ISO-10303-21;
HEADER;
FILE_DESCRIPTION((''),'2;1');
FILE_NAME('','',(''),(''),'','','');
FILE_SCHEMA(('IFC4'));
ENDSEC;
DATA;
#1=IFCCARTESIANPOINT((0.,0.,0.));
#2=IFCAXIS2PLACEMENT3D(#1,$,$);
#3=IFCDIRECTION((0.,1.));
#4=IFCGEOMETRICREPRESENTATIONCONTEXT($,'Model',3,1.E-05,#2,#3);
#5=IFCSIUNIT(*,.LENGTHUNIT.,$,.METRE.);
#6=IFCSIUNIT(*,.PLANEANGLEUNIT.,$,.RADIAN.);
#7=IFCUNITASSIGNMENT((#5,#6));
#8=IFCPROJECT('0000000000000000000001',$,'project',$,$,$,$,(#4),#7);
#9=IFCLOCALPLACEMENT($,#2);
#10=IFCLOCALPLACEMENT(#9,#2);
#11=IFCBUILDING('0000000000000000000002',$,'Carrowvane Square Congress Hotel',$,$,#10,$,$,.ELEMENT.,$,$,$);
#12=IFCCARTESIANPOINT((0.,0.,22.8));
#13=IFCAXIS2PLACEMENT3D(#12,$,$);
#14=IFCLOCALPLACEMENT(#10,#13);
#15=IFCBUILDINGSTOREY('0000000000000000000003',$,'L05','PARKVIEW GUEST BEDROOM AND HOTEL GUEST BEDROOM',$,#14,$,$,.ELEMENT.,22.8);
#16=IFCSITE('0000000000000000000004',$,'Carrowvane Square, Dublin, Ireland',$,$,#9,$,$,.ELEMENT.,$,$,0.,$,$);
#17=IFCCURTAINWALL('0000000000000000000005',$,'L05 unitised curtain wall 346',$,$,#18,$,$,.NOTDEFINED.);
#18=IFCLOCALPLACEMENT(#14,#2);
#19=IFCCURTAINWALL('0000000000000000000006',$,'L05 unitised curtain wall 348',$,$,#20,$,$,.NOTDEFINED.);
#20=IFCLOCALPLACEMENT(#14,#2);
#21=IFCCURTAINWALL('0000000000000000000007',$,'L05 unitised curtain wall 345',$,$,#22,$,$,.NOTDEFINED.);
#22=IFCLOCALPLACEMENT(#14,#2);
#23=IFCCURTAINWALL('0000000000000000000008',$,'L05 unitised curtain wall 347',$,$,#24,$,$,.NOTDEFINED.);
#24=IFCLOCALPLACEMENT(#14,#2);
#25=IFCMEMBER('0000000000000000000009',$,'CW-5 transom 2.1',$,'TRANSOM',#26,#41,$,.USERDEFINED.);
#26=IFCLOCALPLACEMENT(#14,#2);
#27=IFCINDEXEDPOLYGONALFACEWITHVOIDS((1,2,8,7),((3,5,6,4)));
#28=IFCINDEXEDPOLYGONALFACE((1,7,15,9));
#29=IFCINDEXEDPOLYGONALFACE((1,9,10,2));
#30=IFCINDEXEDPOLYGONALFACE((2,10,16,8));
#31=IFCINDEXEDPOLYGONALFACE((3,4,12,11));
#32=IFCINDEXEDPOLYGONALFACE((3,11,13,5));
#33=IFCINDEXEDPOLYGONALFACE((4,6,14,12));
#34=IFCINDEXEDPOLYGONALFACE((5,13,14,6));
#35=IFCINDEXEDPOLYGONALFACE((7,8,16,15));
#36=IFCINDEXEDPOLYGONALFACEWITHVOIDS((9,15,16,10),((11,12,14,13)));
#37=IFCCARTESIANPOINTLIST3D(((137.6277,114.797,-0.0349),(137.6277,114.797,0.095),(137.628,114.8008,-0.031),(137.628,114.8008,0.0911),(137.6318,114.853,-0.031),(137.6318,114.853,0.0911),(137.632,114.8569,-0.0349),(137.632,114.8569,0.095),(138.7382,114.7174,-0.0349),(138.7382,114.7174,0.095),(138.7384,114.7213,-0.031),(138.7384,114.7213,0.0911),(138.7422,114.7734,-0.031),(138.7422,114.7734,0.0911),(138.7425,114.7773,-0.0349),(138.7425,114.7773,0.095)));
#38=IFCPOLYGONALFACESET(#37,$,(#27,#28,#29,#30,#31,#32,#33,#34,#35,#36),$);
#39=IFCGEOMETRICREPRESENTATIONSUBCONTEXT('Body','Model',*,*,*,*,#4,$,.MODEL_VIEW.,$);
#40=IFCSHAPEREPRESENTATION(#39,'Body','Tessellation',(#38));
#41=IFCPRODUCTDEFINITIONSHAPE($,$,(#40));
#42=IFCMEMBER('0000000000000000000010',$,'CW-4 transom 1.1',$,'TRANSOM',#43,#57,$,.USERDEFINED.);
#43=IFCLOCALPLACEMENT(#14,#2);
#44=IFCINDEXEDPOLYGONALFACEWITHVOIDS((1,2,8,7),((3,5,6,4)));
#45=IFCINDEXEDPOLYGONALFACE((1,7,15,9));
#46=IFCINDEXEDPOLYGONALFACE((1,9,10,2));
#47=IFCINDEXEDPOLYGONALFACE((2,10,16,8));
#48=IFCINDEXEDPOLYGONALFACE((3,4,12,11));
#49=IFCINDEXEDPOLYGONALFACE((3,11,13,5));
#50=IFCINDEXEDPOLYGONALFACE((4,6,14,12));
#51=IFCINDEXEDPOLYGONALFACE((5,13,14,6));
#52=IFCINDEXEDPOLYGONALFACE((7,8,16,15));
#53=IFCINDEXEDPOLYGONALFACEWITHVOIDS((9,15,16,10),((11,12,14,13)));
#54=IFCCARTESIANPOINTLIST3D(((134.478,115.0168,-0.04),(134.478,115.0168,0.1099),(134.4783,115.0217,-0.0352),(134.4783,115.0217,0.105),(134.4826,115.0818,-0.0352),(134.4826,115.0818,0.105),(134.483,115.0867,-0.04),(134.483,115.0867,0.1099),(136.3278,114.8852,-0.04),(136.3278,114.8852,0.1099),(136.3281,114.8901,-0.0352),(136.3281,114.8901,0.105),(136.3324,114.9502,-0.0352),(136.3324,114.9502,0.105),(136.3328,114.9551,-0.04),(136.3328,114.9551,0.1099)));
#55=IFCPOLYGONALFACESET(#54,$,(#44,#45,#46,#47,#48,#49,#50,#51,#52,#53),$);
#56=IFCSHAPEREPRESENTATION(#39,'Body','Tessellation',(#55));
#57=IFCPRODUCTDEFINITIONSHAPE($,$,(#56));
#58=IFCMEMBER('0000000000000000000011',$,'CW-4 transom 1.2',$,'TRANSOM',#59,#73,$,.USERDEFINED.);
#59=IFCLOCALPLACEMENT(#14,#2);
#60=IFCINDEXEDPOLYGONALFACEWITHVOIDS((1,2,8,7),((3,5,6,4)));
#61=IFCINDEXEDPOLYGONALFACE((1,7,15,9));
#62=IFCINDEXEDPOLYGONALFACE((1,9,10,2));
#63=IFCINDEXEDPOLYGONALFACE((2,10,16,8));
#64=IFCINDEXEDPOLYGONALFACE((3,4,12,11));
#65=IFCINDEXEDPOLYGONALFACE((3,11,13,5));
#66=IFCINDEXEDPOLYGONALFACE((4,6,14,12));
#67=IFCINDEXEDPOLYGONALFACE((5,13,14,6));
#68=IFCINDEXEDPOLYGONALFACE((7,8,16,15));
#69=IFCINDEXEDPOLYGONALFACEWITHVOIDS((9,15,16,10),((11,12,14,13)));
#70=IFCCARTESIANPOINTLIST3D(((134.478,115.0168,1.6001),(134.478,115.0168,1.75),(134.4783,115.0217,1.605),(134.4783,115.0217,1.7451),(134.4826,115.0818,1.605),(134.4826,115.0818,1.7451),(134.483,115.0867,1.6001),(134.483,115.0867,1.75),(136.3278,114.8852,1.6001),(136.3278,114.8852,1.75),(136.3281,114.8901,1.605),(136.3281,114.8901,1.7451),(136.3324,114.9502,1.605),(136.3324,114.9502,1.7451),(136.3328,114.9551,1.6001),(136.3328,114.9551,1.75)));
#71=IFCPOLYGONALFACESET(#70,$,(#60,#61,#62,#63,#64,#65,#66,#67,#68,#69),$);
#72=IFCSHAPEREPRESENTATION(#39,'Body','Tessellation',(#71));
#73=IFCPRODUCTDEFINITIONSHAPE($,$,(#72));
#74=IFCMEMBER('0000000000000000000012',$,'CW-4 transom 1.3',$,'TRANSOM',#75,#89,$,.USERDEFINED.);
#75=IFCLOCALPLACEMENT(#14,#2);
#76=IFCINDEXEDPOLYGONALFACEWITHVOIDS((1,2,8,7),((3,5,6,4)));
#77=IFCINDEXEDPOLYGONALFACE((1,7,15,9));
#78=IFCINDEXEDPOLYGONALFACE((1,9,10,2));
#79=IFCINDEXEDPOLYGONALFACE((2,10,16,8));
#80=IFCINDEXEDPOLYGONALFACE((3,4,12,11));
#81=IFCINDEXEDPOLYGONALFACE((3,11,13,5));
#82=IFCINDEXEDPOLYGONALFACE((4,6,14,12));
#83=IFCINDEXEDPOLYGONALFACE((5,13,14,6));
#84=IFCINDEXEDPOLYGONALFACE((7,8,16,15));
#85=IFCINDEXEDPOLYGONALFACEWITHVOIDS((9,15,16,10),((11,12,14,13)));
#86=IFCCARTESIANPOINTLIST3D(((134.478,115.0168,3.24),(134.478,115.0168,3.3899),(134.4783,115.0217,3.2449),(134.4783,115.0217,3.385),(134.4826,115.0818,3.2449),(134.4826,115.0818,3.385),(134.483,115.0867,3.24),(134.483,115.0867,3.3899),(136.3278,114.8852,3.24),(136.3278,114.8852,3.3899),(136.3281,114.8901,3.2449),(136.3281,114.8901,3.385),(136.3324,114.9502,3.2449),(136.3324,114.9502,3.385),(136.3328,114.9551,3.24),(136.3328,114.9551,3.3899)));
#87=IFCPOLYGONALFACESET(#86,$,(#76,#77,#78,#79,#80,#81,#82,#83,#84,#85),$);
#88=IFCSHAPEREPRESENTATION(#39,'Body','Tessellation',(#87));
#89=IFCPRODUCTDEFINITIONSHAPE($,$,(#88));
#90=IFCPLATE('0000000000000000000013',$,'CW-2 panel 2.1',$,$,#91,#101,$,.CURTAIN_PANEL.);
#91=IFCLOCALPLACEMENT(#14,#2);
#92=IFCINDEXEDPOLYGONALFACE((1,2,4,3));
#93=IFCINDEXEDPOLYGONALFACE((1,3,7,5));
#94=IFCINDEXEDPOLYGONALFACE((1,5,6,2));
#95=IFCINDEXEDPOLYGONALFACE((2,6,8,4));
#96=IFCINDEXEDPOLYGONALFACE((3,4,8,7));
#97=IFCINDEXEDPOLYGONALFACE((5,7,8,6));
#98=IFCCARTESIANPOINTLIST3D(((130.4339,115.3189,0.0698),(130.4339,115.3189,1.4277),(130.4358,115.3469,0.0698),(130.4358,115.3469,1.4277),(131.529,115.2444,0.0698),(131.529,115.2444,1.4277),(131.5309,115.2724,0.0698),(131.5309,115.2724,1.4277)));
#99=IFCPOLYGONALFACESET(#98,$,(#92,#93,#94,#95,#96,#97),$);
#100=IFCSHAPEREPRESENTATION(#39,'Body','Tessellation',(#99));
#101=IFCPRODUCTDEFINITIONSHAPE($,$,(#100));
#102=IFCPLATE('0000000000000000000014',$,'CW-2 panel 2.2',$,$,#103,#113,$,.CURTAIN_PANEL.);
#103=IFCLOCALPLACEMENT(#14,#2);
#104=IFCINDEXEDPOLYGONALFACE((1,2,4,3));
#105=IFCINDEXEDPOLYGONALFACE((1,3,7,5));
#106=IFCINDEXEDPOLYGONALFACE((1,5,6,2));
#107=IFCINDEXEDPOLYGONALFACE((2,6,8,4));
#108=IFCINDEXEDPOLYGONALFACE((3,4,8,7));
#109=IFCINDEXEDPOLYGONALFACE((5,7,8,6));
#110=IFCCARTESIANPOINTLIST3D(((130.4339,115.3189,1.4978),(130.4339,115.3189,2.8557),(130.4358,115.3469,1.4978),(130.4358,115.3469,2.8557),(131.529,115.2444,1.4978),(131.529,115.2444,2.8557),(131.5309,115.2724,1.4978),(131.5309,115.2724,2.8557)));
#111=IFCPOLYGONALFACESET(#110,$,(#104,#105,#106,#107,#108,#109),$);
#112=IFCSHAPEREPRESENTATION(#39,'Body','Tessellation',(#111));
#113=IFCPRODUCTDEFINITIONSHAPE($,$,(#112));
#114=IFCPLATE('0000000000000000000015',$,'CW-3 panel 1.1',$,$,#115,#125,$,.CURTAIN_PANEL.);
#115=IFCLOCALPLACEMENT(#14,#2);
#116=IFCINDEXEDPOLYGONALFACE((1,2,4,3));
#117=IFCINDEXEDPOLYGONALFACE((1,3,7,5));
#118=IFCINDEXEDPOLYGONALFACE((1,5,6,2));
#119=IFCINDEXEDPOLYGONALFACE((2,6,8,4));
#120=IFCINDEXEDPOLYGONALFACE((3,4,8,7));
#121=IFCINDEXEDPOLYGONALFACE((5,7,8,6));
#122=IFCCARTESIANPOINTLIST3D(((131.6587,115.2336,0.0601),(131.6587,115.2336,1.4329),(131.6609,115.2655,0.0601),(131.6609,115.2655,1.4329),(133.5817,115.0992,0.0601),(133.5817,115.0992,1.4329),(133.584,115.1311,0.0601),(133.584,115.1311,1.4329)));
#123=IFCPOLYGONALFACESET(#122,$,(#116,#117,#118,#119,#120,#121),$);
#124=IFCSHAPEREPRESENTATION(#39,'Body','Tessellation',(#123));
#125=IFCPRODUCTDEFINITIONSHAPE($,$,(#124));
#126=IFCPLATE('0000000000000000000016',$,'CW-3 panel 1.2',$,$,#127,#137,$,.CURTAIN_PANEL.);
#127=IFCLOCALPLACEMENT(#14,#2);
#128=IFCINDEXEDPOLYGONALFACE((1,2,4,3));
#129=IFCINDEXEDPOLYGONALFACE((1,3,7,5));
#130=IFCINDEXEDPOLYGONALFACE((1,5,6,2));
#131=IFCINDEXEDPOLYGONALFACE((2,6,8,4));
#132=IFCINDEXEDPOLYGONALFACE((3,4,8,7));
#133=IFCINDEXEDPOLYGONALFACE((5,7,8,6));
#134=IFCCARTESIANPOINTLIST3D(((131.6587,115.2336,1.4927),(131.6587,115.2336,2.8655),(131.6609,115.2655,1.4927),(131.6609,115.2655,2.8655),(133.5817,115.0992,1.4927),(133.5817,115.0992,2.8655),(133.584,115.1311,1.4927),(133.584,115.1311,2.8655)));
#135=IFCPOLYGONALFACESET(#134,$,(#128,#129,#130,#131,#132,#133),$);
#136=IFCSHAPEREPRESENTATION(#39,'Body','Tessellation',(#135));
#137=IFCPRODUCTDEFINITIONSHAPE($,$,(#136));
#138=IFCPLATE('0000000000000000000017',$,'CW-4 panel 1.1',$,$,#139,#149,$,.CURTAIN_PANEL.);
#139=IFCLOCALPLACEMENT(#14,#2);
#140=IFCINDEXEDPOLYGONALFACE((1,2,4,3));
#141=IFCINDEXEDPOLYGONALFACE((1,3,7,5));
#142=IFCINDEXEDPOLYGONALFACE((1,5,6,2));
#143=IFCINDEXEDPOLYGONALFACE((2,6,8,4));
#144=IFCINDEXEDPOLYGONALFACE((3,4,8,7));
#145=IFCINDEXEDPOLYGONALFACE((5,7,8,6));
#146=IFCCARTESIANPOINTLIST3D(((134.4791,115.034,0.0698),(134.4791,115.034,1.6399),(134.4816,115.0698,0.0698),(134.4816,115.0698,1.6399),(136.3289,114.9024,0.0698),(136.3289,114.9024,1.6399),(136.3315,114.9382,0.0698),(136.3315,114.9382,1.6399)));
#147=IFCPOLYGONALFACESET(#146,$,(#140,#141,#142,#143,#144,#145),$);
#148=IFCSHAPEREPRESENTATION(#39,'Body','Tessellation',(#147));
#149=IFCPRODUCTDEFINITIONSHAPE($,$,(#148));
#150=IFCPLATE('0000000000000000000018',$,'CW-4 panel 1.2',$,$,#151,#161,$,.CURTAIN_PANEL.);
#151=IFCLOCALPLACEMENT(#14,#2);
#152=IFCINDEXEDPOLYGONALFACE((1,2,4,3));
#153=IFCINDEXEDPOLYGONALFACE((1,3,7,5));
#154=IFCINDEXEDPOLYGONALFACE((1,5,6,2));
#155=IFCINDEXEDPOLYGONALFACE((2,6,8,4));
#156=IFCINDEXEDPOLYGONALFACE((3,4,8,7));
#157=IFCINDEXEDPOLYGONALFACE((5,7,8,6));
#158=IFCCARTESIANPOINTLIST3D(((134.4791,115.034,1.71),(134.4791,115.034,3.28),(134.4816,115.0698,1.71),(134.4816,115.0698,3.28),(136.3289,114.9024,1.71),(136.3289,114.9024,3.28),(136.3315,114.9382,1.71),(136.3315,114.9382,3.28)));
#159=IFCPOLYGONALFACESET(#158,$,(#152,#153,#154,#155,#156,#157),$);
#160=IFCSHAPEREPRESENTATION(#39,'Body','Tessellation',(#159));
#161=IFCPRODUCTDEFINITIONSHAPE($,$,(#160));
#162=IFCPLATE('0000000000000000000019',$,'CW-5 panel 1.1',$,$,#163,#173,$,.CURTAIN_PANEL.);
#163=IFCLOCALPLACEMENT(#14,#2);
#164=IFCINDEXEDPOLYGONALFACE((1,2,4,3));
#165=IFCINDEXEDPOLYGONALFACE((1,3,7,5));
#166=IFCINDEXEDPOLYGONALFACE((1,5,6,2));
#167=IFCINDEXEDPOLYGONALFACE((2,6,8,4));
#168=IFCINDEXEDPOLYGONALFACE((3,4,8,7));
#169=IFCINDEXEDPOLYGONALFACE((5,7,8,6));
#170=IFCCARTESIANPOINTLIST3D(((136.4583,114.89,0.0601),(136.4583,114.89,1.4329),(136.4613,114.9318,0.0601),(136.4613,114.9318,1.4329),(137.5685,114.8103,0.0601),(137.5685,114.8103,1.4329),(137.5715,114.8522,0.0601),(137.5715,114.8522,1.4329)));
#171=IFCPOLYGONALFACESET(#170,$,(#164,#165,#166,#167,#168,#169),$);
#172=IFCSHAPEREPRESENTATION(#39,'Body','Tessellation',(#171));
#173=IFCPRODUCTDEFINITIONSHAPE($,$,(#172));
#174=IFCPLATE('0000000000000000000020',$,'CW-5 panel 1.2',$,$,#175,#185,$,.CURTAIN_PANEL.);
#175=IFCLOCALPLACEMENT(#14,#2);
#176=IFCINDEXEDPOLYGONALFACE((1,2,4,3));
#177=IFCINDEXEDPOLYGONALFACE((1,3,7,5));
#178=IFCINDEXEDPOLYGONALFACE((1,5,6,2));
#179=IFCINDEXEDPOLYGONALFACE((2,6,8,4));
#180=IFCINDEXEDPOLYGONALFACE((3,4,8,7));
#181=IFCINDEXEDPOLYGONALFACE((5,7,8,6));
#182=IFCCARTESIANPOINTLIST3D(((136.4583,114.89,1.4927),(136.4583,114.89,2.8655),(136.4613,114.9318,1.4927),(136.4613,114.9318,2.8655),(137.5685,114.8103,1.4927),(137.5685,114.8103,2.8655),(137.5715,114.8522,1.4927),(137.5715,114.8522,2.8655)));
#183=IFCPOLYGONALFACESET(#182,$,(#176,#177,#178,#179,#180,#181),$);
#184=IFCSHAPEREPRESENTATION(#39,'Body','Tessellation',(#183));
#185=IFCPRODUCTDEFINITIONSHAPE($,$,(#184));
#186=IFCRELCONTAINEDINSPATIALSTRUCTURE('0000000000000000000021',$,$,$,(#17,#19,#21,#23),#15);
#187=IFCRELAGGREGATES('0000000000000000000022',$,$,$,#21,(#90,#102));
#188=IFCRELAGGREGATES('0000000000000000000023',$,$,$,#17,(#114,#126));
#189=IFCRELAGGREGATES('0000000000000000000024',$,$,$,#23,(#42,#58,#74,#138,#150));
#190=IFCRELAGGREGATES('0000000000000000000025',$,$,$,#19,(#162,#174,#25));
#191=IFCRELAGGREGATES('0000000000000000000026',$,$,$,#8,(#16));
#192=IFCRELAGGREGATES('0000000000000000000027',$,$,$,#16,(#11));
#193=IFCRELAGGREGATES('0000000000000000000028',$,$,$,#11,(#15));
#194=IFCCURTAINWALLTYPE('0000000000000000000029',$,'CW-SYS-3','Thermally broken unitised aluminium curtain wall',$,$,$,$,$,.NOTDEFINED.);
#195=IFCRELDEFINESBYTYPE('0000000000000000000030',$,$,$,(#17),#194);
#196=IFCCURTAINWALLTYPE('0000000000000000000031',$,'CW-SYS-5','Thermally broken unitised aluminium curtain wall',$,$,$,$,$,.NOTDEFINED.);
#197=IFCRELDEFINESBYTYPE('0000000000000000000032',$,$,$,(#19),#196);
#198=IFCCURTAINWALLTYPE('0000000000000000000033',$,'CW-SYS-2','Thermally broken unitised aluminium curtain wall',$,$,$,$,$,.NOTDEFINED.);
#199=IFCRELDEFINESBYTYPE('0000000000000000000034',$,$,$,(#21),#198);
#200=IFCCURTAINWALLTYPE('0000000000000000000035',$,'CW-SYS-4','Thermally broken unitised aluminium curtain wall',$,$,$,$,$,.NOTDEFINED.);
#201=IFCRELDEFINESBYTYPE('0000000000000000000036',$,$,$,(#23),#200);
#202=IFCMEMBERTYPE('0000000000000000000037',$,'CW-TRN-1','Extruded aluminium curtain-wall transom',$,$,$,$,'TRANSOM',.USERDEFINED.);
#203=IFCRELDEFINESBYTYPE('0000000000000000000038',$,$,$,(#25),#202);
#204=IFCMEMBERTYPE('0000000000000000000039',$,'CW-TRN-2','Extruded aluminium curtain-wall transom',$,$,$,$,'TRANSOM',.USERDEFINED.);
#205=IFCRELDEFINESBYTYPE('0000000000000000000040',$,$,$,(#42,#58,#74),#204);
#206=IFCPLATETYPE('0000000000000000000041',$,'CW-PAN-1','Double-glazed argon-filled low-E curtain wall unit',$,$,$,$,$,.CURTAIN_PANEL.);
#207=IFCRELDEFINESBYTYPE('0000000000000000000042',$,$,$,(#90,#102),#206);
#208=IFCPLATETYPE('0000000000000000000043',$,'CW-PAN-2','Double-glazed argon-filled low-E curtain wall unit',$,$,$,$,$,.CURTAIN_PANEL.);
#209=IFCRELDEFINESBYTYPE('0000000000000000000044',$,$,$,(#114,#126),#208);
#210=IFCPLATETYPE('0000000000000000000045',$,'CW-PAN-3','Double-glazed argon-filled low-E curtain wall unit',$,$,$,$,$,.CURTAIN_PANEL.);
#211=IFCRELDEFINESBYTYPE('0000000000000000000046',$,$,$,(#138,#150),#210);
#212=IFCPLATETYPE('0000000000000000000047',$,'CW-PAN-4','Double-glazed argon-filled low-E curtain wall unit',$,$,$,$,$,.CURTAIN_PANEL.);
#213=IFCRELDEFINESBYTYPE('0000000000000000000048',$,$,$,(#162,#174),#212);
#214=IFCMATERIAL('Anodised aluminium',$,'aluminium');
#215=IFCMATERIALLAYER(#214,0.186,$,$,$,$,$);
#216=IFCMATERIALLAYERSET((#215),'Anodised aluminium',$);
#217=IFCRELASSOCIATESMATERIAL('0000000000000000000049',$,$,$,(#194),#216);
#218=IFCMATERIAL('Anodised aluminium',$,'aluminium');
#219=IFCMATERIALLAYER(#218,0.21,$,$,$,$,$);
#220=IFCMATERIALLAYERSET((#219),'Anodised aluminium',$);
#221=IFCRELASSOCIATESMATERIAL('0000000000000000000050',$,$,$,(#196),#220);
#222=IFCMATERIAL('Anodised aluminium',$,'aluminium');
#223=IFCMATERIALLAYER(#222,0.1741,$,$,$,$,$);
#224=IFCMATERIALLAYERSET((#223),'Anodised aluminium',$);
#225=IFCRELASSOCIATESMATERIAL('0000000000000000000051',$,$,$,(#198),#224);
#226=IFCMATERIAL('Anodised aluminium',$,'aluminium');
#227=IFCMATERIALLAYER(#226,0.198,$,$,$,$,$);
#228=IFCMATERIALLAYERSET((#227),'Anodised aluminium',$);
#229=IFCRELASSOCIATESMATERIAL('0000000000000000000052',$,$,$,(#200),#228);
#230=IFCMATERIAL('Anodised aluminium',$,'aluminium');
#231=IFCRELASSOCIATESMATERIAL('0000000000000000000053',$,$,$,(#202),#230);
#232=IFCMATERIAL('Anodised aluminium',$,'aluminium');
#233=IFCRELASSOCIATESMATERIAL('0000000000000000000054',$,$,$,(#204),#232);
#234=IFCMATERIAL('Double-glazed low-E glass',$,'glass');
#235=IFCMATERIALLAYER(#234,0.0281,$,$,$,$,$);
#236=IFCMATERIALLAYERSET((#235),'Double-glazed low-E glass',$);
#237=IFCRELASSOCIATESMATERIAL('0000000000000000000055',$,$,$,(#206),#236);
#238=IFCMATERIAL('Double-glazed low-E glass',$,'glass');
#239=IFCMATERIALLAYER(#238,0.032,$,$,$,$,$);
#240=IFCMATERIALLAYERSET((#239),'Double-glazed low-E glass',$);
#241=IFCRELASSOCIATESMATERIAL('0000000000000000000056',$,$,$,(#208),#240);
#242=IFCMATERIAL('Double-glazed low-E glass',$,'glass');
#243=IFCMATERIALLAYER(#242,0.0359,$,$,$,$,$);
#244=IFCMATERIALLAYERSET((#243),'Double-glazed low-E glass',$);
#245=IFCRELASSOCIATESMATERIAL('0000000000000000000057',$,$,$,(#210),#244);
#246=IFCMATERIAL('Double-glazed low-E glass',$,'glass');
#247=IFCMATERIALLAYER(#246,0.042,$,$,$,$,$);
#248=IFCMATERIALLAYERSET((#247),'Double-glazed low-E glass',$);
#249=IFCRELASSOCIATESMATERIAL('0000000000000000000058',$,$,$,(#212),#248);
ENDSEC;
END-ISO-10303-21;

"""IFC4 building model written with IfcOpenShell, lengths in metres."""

from ifc_helpers import new_model, si_unit, direction, frame, origin, origin_2d, place, context, subcontext, project, spatial, rectangle, hollow_rectangle, extrude, material, layer, layer_set, material_profile, profile_set, type_object, element, aggregate, save


model = new_model("IFC4")

# Units and contexts
model_context = context("Model", 3, precision=1e-05, world=origin(), true_north=direction((0.0, 1.0)))
body_context = subcontext(model_context, "Body", "Model", "MODEL_VIEW")
ifc_project = project(units=[si_unit("LENGTHUNIT", "METRE"), si_unit("PLANEANGLEUNIT", "RADIAN")], contexts=[model_context])

# Site, building, storey
site_placement = place(None, origin())
site = spatial("IfcSite", under=ifc_project, at=site_placement, Name="Carrowvane Square, Dublin, Ireland", CompositionType="ELEMENT", RefElevation=0.0)
building_placement = place(site_placement, origin())
building = spatial("IfcBuilding", under=site, at=building_placement, Name="Carrowvane Square Congress Hotel", CompositionType="ELEMENT")
storey_placement = place(building_placement, frame((0.0, 0.0, 22.8)))
storey = spatial("IfcBuildingStorey", under=building, at=storey_placement, Name="L05", Description="PARKVIEW GUEST BEDROOM AND HOTEL GUEST BEDROOM", CompositionType="ELEMENT", Elevation=22.8)

# Curtain walls
ifc_material_1 = material(Name="Anodised aluminium", Category="aluminium")
ifc_layer_1 = layer(ifc_material_1, 0.186)
ifc_layer_set_1 = layer_set([ifc_layer_1], Name="Anodised aluminium")
curtain_wall_type_1 = type_object("IfcCurtainWallType", Name="CW-SYS-3", Description="Thermally broken unitised aluminium curtain wall", PredefinedType="NOTDEFINED", material=ifc_layer_set_1)
curtain_wall_1_placement = place(storey_placement, origin())
curtain_wall_1 = element("IfcCurtainWall", 1, at=curtain_wall_1_placement, inside=storey, type_object=curtain_wall_type_1, Name="L05 unitised curtain wall 346", PredefinedType="NOTDEFINED")
ifc_material_2 = material(Name="Anodised aluminium", Category="aluminium")
ifc_layer_2 = layer(ifc_material_2, 0.21)
ifc_layer_set_2 = layer_set([ifc_layer_2], Name="Anodised aluminium")
curtain_wall_type_2 = type_object("IfcCurtainWallType", Name="CW-SYS-5", Description="Thermally broken unitised aluminium curtain wall", PredefinedType="NOTDEFINED", material=ifc_layer_set_2)
curtain_wall_2_placement = place(storey_placement, origin())
curtain_wall_2 = element("IfcCurtainWall", 2, at=curtain_wall_2_placement, inside=storey, type_object=curtain_wall_type_2, Name="L05 unitised curtain wall 348", PredefinedType="NOTDEFINED")

# Curtain wall
ifc_material_3 = material(Name="Anodised aluminium", Category="aluminium")
ifc_layer_3 = layer(ifc_material_3, 0.1741)
ifc_layer_set_3 = layer_set([ifc_layer_3], Name="Anodised aluminium")
curtain_wall_type_3 = type_object("IfcCurtainWallType", Name="CW-SYS-2", Description="Thermally broken unitised aluminium curtain wall", PredefinedType="NOTDEFINED", material=ifc_layer_set_3)
curtain_wall_3_placement = place(storey_placement, origin())
curtain_wall_3 = element("IfcCurtainWall", 3, at=curtain_wall_3_placement, inside=storey, type_object=curtain_wall_type_3, Name="L05 unitised curtain wall 345", PredefinedType="NOTDEFINED")

# Curtain wall
ifc_material_4 = material(Name="Anodised aluminium", Category="aluminium")
ifc_layer_4 = layer(ifc_material_4, 0.198)
ifc_layer_set_4 = layer_set([ifc_layer_4], Name="Anodised aluminium")
curtain_wall_type_4 = type_object("IfcCurtainWallType", Name="CW-SYS-4", Description="Thermally broken unitised aluminium curtain wall", PredefinedType="NOTDEFINED", material=ifc_layer_set_4)
curtain_wall_4_placement = place(storey_placement, origin())
curtain_wall_4 = element("IfcCurtainWall", 4, at=curtain_wall_4_placement, inside=storey, type_object=curtain_wall_type_4, Name="L05 unitised curtain wall 347", PredefinedType="NOTDEFINED")

# Members
ifc_material_5 = material(Name="Anodised aluminium", Category="aluminium")
ifc_material_profile_1 = material_profile(ifc_material_5, hollow_rectangle(XDim=0.0601, YDim=0.1299, WallThickness=0.0039, at=origin_2d()), Name="CW-TR 60x130x4")
ifc_profile_set_1 = profile_set([ifc_material_profile_1], Name="Anodised aluminium")
member_type_1 = type_object("IfcMemberType", Name="CW-TRN-1", Description="Extruded aluminium curtain-wall transom", ElementType="TRANSOM", PredefinedType="USERDEFINED", material=ifc_profile_set_1)
member_1_placement = place(storey_placement, frame((137.6299, 114.8269, 0.03), z_axis=(0.997441, -0.071496, 0.0), x_axis=(0.071496, 0.997441, 0.0)))
member_1 = element("IfcMember", 5, at=member_1_placement, type_object=member_type_1, Name="CW-5 transom 2.1", ObjectType="TRANSOM", PredefinedType="USERDEFINED", context=body_context, shape_type="SweptSolid", body=[
    extrude(hollow_rectangle(XDim=0.0601, YDim=0.1299, WallThickness=0.0039, at=origin_2d()), origin(), (0.0, 0.0, 1.0), 1.1133),
])
ifc_material_6 = material(Name="Anodised aluminium", Category="aluminium")
ifc_material_profile_2 = material_profile(ifc_material_6, hollow_rectangle(XDim=0.0701, YDim=0.1499, WallThickness=0.0049, at=origin_2d()), Name="CW-TR 70x150x5")
ifc_profile_set_2 = profile_set([ifc_material_profile_2], Name="Anodised aluminium")
member_type_2 = type_object("IfcMemberType", Name="CW-TRN-2", Description="Extruded aluminium curtain-wall transom", ElementType="TRANSOM", PredefinedType="USERDEFINED", material=ifc_profile_set_2)
member_2_placement = place(storey_placement, frame((134.4805, 115.0518, 0.0349), z_axis=(0.997479, -0.070957, 0.0), x_axis=(0.070957, 0.997479, 0.0)))
member_2 = element("IfcMember", 6, at=member_2_placement, type_object=member_type_2, Name="CW-4 transom 1.1", ObjectType="TRANSOM", PredefinedType="USERDEFINED", context=body_context, shape_type="SweptSolid", body=[
    extrude(hollow_rectangle(XDim=0.0701, YDim=0.1499, WallThickness=0.0049, at=origin_2d()), origin(), (0.0, 0.0, 1.0), 1.8545),
])
member_3_placement = place(storey_placement, frame((134.4805, 115.0518, 1.675), z_axis=(0.997479, -0.070957, 0.0), x_axis=(0.070957, 0.997479, 0.0)))
member_3 = element("IfcMember", 7, at=member_3_placement, type_object=member_type_2, Name="CW-4 transom 1.2", ObjectType="TRANSOM", PredefinedType="USERDEFINED", context=body_context, shape_type="SweptSolid", body=[
    extrude(hollow_rectangle(XDim=0.0701, YDim=0.1499, WallThickness=0.0049, at=origin_2d()), origin(), (0.0, 0.0, 1.0), 1.8545),
])
member_4_placement = place(storey_placement, frame((134.4805, 115.0518, 3.3149), z_axis=(0.997479, -0.070957, 0.0), x_axis=(0.070957, 0.997479, 0.0)))
member_4 = element("IfcMember", 8, at=member_4_placement, type_object=member_type_2, Name="CW-4 transom 1.3", ObjectType="TRANSOM", PredefinedType="USERDEFINED", context=body_context, shape_type="SweptSolid", body=[
    extrude(hollow_rectangle(XDim=0.0701, YDim=0.1499, WallThickness=0.0049, at=origin_2d()), origin(), (0.0, 0.0, 1.0), 1.8545),
])

# Plates
ifc_material_7 = material(Name="Double-glazed low-E glass", Category="glass")
ifc_layer_5 = layer(ifc_material_7, 0.0281)
ifc_layer_set_5 = layer_set([ifc_layer_5], Name="Double-glazed low-E glass")
plate_type_1 = type_object("IfcPlateType", Name="CW-PAN-1", Description="Double-glazed argon-filled low-E curtain wall unit", PredefinedType="CURTAIN_PANEL", material=ifc_layer_set_5)
plate_1_placement = place(storey_placement, frame((130.9824, 115.2957, 0.0698), z_axis=(0.0, 0.0, 1.0), x_axis=(0.997694, -0.06787, 0.0)))
plate_1 = element("IfcPlate", 9, at=plate_1_placement, type_object=plate_type_1, Name="CW-2 panel 2.1", PredefinedType="CURTAIN_PANEL", context=body_context, shape_type="SweptSolid", body=[
    extrude(rectangle(XDim=1.0977, YDim=0.0281, at=origin_2d()), origin(), (0.0, 0.0, 1.0), 1.3579),
])
plate_2_placement = place(storey_placement, frame((130.9824, 115.2957, 1.4978), z_axis=(0.0, 0.0, 1.0), x_axis=(0.997694, -0.06787, 0.0)))
plate_2 = element("IfcPlate", 10, at=plate_2_placement, type_object=plate_type_1, Name="CW-2 panel 2.2", PredefinedType="CURTAIN_PANEL", context=body_context, shape_type="SweptSolid", body=[
    extrude(rectangle(XDim=1.0977, YDim=0.0281, at=origin_2d()), origin(), (0.0, 0.0, 1.0), 1.3579),
])
aggregate(curtain_wall_3, [plate_1, plate_2])
ifc_material_8 = material(Name="Double-glazed low-E glass", Category="glass")
ifc_layer_6 = layer(ifc_material_8, 0.032)
ifc_layer_set_6 = layer_set([ifc_layer_6], Name="Double-glazed low-E glass")
plate_type_2 = type_object("IfcPlateType", Name="CW-PAN-2", Description="Double-glazed argon-filled low-E curtain wall unit", PredefinedType="CURTAIN_PANEL", material=ifc_layer_set_6)
plate_3_placement = place(storey_placement, frame((132.6213, 115.1824, 0.0601), z_axis=(0.0, 0.0, 1.0), x_axis=(0.997566, -0.069727, 0.0)))
plate_3 = element("IfcPlate", 11, at=plate_3_placement, type_object=plate_type_2, Name="CW-3 panel 1.1", PredefinedType="CURTAIN_PANEL", context=body_context, shape_type="SweptSolid", body=[
    extrude(rectangle(XDim=1.9277, YDim=0.032, at=origin_2d()), origin(), (0.0, 0.0, 1.0), 1.3728),
])
plate_4_placement = place(storey_placement, frame((132.6213, 115.1824, 1.4927), z_axis=(0.0, 0.0, 1.0), x_axis=(0.997566, -0.069727, 0.0)))
plate_4 = element("IfcPlate", 12, at=plate_4_placement, type_object=plate_type_2, Name="CW-3 panel 1.2", PredefinedType="CURTAIN_PANEL", context=body_context, shape_type="SweptSolid", body=[
    extrude(rectangle(XDim=1.9277, YDim=0.032, at=origin_2d()), origin(), (0.0, 0.0, 1.0), 1.3728),
])
aggregate(curtain_wall_1, [plate_3, plate_4])
ifc_material_9 = material(Name="Double-glazed low-E glass", Category="glass")
ifc_layer_7 = layer(ifc_material_9, 0.0359)
ifc_layer_set_7 = layer_set([ifc_layer_7], Name="Double-glazed low-E glass")
plate_type_3 = type_object("IfcPlateType", Name="CW-PAN-3", Description="Double-glazed argon-filled low-E curtain wall unit", PredefinedType="CURTAIN_PANEL", material=ifc_layer_set_7)
plate_5_placement = place(storey_placement, frame((135.4053, 114.9861, 0.0698), z_axis=(0.0, 0.0, 1.0), x_axis=(0.997479, -0.07096, 0.0)))
plate_5 = element("IfcPlate", 13, at=plate_5_placement, type_object=plate_type_3, Name="CW-4 panel 1.1", PredefinedType="CURTAIN_PANEL", context=body_context, shape_type="SweptSolid", body=[
    extrude(rectangle(XDim=1.8545, YDim=0.0359, at=origin_2d()), origin(), (0.0, 0.0, 1.0), 1.5701),
])
plate_6_placement = place(storey_placement, frame((135.4053, 114.9861, 1.71), z_axis=(0.0, 0.0, 1.0), x_axis=(0.997479, -0.07096, 0.0)))
plate_6 = element("IfcPlate", 14, at=plate_6_placement, type_object=plate_type_3, Name="CW-4 panel 1.2", PredefinedType="CURTAIN_PANEL", context=body_context, shape_type="SweptSolid", body=[
    extrude(rectangle(XDim=1.8545, YDim=0.0359, at=origin_2d()), origin(), (0.0, 0.0, 1.0), 1.5701),
])
aggregate(curtain_wall_4, [member_2, member_3, member_4, plate_5, plate_6])
ifc_material_10 = material(Name="Double-glazed low-E glass", Category="glass")
ifc_layer_8 = layer(ifc_material_10, 0.042)
ifc_layer_set_8 = layer_set([ifc_layer_8], Name="Double-glazed low-E glass")
plate_type_4 = type_object("IfcPlateType", Name="CW-PAN-4", Description="Double-glazed argon-filled low-E curtain wall unit", PredefinedType="CURTAIN_PANEL", material=ifc_layer_set_8)
plate_7_placement = place(storey_placement, frame((137.0149, 114.8711, 0.0601), z_axis=(0.0, 0.0, 1.0), x_axis=(0.997438, -0.071532, 0.0)))
plate_7 = element("IfcPlate", 15, at=plate_7_placement, type_object=plate_type_4, Name="CW-5 panel 1.1", PredefinedType="CURTAIN_PANEL", context=body_context, shape_type="SweptSolid", body=[
    extrude(rectangle(XDim=1.113, YDim=0.042, at=origin_2d()), origin(), (0.0, 0.0, 1.0), 1.3728),
])
plate_8_placement = place(storey_placement, frame((137.0149, 114.8711, 1.4927), z_axis=(0.0, 0.0, 1.0), x_axis=(0.997438, -0.071532, 0.0)))
plate_8 = element("IfcPlate", 16, at=plate_8_placement, type_object=plate_type_4, Name="CW-5 panel 1.2", PredefinedType="CURTAIN_PANEL", context=body_context, shape_type="SweptSolid", body=[
    extrude(rectangle(XDim=1.113, YDim=0.042, at=origin_2d()), origin(), (0.0, 0.0, 1.0), 1.3728),
])
aggregate(curtain_wall_2, [plate_7, plate_8, member_1])

save(model, "model.ifc")
